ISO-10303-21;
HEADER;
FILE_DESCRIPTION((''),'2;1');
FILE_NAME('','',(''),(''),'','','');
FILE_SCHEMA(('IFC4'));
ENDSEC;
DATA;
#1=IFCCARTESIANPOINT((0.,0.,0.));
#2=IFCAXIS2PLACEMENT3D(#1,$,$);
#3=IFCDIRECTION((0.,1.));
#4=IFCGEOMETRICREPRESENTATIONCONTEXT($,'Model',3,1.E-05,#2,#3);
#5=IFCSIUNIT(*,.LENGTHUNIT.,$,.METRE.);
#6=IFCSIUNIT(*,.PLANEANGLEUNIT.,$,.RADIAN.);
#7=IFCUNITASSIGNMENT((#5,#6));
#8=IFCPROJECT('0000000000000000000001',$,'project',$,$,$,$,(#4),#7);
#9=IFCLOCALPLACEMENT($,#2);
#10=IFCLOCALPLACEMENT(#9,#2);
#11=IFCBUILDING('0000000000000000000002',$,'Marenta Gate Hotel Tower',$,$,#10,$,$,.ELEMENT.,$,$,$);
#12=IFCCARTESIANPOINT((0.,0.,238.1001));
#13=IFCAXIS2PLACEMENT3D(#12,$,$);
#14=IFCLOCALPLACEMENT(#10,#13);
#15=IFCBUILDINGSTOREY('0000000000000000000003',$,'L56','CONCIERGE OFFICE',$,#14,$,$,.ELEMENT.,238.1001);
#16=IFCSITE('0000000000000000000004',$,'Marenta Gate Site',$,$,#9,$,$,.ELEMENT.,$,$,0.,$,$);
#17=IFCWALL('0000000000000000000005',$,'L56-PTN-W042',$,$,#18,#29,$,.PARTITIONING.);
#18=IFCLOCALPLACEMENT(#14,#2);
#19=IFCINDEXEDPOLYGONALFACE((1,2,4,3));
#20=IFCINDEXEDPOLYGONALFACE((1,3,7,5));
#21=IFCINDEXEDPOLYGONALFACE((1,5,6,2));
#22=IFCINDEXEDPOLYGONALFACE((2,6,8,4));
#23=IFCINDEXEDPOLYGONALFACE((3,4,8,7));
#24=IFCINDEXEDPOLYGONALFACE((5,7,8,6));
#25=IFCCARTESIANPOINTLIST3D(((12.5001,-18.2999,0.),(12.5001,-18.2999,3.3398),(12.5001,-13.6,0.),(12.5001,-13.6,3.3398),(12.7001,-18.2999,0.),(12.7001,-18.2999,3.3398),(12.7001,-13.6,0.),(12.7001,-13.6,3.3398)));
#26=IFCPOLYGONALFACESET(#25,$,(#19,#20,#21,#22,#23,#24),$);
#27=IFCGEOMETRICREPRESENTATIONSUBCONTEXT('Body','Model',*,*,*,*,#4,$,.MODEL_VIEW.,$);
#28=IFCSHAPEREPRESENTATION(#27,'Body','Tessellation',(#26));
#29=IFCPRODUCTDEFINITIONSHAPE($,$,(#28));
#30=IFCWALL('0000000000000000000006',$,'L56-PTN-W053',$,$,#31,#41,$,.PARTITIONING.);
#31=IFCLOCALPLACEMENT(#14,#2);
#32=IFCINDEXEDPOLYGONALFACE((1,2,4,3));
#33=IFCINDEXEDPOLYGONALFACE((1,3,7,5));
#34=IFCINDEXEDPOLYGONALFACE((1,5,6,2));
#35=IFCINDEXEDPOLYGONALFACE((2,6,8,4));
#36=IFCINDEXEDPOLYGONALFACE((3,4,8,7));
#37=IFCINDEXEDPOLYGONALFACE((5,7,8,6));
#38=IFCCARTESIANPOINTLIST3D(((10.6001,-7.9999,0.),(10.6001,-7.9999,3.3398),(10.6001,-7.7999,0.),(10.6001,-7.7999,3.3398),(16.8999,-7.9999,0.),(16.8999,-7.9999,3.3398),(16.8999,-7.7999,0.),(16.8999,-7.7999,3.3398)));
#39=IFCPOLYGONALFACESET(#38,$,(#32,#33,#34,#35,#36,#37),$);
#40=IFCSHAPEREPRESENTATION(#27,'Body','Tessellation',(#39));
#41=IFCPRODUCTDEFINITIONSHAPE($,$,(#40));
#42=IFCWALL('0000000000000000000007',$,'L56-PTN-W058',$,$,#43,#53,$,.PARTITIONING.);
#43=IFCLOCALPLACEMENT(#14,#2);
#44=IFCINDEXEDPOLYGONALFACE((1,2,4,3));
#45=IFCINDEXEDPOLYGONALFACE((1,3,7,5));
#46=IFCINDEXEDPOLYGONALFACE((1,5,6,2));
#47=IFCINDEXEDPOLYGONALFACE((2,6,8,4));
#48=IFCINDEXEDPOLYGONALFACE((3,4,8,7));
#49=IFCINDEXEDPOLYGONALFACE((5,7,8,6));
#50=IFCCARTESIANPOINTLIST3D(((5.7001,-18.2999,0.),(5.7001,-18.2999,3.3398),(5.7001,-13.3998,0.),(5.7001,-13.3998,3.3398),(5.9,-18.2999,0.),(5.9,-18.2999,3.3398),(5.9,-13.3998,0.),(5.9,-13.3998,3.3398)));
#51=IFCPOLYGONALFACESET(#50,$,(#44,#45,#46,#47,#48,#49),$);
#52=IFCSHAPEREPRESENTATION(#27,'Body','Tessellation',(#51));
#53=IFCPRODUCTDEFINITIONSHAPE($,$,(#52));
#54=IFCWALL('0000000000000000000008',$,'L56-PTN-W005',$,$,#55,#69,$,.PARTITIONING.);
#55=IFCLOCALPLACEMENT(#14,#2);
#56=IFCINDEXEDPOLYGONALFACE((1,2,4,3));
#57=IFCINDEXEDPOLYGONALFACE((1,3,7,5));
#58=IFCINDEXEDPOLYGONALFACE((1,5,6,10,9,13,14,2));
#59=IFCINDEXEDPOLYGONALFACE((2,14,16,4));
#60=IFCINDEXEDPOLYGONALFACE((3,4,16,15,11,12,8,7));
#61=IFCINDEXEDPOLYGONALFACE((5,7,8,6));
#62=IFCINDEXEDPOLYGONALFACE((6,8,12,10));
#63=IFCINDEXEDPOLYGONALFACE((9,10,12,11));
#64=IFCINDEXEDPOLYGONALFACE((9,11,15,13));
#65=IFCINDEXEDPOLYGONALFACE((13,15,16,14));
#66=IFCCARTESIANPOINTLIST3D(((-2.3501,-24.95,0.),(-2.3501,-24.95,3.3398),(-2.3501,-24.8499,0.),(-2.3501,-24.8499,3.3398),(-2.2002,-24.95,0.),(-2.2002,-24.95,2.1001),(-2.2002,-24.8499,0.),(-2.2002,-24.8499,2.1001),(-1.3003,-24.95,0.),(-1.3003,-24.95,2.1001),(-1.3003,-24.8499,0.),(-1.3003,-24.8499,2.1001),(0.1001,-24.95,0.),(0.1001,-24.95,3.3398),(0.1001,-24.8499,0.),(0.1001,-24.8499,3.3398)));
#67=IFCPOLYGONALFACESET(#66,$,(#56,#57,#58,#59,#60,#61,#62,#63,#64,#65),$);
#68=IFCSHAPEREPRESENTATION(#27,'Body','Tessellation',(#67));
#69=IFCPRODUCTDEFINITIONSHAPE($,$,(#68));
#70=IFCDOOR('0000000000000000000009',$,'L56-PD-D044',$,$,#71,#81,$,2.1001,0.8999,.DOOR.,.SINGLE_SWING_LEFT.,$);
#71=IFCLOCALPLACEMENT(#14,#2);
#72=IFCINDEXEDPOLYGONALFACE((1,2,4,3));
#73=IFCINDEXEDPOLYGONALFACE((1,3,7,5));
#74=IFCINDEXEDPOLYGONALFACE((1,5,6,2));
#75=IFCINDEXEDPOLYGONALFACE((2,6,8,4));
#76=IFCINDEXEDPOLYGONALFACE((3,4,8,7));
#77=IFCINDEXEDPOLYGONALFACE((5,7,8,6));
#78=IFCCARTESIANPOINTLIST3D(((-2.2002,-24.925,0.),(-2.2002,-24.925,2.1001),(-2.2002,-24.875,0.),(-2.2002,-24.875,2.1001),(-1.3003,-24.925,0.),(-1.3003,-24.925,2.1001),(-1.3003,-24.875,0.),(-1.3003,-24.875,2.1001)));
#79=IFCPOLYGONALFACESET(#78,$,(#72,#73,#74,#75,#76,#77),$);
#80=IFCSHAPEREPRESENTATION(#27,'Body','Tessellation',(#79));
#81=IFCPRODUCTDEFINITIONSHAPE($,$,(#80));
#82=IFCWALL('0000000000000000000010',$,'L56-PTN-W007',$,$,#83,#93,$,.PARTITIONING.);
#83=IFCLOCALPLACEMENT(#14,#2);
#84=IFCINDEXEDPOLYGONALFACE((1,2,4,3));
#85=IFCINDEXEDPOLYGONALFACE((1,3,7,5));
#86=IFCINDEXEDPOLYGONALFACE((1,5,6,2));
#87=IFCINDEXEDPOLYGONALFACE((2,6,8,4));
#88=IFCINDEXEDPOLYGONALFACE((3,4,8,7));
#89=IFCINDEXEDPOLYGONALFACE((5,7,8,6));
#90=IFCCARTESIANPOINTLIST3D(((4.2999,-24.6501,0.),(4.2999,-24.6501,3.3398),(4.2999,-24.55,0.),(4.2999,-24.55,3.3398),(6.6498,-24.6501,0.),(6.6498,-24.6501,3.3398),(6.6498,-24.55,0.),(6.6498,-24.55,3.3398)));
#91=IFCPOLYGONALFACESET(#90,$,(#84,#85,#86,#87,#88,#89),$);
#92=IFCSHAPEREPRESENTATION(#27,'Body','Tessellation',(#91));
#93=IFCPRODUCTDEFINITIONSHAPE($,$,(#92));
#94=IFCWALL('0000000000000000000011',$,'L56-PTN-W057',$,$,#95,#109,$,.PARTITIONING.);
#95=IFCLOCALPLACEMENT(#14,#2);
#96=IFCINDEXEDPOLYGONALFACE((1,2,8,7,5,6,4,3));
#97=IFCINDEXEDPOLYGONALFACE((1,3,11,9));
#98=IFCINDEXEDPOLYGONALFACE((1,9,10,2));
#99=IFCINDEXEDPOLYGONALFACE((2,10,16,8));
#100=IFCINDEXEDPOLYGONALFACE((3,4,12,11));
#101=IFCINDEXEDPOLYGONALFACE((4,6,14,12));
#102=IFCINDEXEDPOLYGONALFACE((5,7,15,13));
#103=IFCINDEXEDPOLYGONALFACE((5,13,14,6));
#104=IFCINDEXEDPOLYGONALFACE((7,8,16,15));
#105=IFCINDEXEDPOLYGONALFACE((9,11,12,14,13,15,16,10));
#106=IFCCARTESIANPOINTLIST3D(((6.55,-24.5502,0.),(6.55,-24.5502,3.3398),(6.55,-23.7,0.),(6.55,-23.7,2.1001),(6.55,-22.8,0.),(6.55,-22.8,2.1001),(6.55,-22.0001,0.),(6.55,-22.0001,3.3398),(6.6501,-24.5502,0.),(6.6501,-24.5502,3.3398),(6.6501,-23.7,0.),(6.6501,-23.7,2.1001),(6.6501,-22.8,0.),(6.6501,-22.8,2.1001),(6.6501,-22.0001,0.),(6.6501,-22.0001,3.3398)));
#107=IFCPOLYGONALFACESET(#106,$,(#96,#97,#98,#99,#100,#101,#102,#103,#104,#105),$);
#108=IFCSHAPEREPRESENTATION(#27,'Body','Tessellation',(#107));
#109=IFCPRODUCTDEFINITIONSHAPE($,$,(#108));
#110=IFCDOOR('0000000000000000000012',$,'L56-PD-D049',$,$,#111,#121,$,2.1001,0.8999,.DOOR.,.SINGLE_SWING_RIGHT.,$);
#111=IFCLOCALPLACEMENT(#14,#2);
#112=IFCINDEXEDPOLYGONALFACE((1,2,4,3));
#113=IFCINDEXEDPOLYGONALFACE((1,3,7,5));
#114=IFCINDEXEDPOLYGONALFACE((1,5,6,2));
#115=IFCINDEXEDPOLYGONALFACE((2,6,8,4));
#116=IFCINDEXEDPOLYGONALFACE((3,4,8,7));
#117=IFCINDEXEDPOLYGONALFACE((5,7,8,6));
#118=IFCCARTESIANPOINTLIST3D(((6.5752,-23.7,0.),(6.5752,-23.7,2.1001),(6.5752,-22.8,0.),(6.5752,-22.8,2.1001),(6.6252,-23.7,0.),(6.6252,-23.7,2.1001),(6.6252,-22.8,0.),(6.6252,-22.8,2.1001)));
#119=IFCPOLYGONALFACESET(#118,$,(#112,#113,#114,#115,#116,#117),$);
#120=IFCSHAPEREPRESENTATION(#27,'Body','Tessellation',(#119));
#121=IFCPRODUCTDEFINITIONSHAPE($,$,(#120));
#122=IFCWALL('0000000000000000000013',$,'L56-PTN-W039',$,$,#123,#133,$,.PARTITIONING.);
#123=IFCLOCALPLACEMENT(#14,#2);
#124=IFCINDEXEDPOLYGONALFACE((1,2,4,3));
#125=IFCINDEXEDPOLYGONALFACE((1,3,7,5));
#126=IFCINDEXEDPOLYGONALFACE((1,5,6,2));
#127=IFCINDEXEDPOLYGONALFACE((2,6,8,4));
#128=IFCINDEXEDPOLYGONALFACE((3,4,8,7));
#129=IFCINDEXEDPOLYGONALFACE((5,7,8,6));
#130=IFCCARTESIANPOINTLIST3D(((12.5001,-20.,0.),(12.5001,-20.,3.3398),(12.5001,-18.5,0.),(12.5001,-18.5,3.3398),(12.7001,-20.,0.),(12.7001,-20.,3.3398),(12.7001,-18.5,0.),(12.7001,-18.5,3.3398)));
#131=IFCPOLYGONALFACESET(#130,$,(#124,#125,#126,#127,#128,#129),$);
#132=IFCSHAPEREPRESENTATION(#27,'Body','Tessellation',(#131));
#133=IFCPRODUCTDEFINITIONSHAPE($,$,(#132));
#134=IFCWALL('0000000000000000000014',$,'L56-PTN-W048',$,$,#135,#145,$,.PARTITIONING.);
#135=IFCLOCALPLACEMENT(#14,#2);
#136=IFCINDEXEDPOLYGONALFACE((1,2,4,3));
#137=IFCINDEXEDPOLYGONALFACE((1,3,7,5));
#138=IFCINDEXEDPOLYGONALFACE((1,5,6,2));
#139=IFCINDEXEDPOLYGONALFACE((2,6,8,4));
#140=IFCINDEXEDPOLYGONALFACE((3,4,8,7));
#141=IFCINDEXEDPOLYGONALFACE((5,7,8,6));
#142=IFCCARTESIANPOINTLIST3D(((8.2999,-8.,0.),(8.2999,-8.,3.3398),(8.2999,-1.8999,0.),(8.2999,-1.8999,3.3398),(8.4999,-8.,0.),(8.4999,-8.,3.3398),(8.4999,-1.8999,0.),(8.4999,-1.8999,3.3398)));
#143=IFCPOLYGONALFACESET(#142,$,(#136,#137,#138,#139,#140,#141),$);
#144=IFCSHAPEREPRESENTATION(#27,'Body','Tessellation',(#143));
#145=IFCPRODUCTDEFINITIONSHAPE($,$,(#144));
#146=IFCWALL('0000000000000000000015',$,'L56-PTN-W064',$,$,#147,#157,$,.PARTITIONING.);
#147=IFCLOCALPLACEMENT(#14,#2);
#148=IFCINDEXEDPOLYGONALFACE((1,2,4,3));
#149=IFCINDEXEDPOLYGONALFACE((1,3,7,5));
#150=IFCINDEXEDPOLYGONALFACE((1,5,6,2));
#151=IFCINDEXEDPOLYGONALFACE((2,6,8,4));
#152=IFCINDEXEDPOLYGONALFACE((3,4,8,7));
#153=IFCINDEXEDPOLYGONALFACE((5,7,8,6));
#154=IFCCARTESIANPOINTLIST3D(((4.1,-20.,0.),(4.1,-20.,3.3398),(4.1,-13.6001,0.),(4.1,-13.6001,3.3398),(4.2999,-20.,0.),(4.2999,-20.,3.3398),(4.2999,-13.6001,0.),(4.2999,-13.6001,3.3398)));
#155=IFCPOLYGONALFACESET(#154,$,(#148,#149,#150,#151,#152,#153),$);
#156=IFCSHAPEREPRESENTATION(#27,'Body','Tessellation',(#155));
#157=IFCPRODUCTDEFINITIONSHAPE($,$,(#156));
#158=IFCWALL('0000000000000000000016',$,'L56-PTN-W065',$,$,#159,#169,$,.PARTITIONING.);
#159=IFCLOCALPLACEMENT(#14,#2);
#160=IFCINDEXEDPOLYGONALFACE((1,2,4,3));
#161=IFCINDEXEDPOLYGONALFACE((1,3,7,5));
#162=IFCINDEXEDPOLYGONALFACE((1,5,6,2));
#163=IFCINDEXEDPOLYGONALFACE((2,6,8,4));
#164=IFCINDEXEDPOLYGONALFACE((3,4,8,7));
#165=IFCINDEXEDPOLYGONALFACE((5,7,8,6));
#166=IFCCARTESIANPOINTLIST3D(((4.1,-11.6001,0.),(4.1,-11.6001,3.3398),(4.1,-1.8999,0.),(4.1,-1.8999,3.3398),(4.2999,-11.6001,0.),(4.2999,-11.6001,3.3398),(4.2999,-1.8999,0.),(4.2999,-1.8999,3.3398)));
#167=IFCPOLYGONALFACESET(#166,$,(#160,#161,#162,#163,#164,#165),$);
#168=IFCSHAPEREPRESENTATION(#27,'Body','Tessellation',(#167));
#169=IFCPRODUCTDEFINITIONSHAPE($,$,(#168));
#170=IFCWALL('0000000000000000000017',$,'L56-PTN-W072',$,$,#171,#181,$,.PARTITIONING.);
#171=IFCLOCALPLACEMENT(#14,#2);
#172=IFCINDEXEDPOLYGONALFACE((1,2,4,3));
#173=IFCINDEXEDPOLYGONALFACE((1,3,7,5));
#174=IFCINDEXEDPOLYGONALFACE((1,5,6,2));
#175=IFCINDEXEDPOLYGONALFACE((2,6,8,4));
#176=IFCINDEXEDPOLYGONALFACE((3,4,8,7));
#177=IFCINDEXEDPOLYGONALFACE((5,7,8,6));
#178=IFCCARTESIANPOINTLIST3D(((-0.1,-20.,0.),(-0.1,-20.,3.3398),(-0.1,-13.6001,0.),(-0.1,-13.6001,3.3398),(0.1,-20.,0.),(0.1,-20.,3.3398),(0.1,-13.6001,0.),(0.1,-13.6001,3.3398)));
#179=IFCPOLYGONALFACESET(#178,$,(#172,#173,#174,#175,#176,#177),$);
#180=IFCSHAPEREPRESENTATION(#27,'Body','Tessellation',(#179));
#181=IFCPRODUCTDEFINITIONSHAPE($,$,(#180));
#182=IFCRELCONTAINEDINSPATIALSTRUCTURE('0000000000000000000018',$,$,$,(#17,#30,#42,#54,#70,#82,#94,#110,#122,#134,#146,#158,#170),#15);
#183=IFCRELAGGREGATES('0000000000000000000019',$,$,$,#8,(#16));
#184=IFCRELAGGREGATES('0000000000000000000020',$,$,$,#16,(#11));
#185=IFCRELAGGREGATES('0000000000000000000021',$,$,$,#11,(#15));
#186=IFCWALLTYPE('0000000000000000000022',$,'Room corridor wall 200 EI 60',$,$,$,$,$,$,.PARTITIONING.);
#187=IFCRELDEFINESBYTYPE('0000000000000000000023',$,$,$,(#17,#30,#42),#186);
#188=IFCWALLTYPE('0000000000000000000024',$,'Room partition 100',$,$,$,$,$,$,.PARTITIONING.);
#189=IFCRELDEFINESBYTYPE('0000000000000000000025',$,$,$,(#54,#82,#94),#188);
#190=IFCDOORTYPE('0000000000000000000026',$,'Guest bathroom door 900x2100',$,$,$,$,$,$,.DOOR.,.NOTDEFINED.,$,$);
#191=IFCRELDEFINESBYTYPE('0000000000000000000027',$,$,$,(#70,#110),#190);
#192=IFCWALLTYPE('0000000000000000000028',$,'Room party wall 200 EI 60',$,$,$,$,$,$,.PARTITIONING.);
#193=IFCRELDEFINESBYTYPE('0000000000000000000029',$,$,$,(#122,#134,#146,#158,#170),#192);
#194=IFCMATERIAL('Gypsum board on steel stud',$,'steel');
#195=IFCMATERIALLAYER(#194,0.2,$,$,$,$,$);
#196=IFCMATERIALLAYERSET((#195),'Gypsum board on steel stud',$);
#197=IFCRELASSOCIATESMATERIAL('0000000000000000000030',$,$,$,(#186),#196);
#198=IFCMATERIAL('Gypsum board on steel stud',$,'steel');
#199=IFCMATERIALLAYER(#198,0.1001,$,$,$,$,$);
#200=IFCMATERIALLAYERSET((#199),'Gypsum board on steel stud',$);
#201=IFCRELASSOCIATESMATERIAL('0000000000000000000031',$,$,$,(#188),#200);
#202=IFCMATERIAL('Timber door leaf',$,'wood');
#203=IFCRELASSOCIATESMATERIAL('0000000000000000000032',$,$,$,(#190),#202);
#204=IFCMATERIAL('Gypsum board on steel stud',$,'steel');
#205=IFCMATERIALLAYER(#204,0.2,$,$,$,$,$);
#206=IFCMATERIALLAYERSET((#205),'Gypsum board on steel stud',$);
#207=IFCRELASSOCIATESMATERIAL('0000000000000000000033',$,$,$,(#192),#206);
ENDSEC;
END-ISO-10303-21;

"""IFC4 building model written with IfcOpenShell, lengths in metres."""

from ifc_helpers import new_model, si_unit, direction, frame, frame_2d, origin, place, context, subcontext, project, spatial, rectangle, extrude, material, layer, layer_set, type_object, element, fill, save


model = new_model("IFC4")

# Units and contexts
model_context = context("Model", 3, precision=1e-05, world=origin(), true_north=direction((0.0, 1.0)))
body_context = subcontext(model_context, "Body", "Model", "MODEL_VIEW")
ifc_project = project(units=[si_unit("LENGTHUNIT", "METRE"), si_unit("PLANEANGLEUNIT", "RADIAN")], contexts=[model_context])

# Site, building, storey
site_placement = place(None, origin())
site = spatial("IfcSite", under=ifc_project, at=site_placement, Name="Marenta Gate Site", CompositionType="ELEMENT", RefElevation=0.0)
building_placement = place(site_placement, origin())
building = spatial("IfcBuilding", under=site, at=building_placement, Name="Marenta Gate Hotel Tower", CompositionType="ELEMENT")
storey_placement = place(building_placement, frame((0.0, 0.0, 238.1001)))
storey = spatial("IfcBuildingStorey", under=building, at=storey_placement, Name="L56", Description="CONCIERGE OFFICE", CompositionType="ELEMENT", Elevation=238.1001)

# Shared definitions
ifc_material_1 = material(Name="Gypsum board on steel stud", Category="steel")
ifc_layer_1 = layer(ifc_material_1, 0.2)
ifc_layer_set_1 = layer_set([ifc_layer_1], Name="Gypsum board on steel stud")
wall_type_1 = type_object("IfcWallType", Name="Room corridor wall 200 EI 60", PredefinedType="PARTITIONING", material=ifc_layer_set_1)

# Walls
wall_1_placement = place(storey_placement, frame((12.6001, -18.3, 0.0), z_axis=(0.0, 0.0, 1.0), x_axis=(0.0, 1.0, 0.0)))
element("IfcWall", 1, at=wall_1_placement, inside=storey, type_object=wall_type_1, Name="L56-PTN-W042", PredefinedType="PARTITIONING", context=body_context, shape_type="SweptSolid", body=[
    extrude(rectangle(XDim=4.7, YDim=0.2, at=frame_2d((2.3501, 0.0))), origin(), (0.0, 0.0, 1.0), 3.3398),
])
wall_2_placement = place(storey_placement, frame((10.6001, -7.8999, 0.0), z_axis=(0.0, 0.0, 1.0), x_axis=(1.0, 0.0, 0.0)))
element("IfcWall", 2, at=wall_2_placement, inside=storey, type_object=wall_type_1, Name="L56-PTN-W053", PredefinedType="PARTITIONING", context=body_context, shape_type="SweptSolid", body=[
    extrude(rectangle(XDim=6.2998, YDim=0.2, at=frame_2d((3.1499, 0.0))), origin(), (0.0, 0.0, 1.0), 3.3398),
])
wall_3_placement = place(storey_placement, frame((5.8, -18.3, 0.0), z_axis=(0.0, 0.0, 1.0), x_axis=(0.0, 1.0, 0.0)))
element("IfcWall", 3, at=wall_3_placement, inside=storey, type_object=wall_type_1, Name="L56-PTN-W058", PredefinedType="PARTITIONING", context=body_context, shape_type="SweptSolid", body=[
    extrude(rectangle(XDim=4.9001, YDim=0.2, at=frame_2d((2.4502, 0.0))), origin(), (0.0, 0.0, 1.0), 3.3398),
])

# Wall, opening, door
ifc_material_2 = material(Name="Gypsum board on steel stud", Category="steel")
ifc_layer_2 = layer(ifc_material_2, 0.1001)
ifc_layer_set_2 = layer_set([ifc_layer_2], Name="Gypsum board on steel stud")
wall_type_2 = type_object("IfcWallType", Name="Room partition 100", PredefinedType="PARTITIONING", material=ifc_layer_set_2)
wall_4_placement = place(storey_placement, frame((-2.3501, -24.8999, 0.0), z_axis=(0.0, 0.0, 1.0), x_axis=(1.0, 0.0, 0.0)))
wall_4 = element("IfcWall", 4, at=wall_4_placement, inside=storey, type_object=wall_type_2, Name="L56-PTN-W005", PredefinedType="PARTITIONING", context=body_context, shape_type="SweptSolid", body=[
    extrude(rectangle(XDim=2.4502, YDim=0.1001, at=frame_2d((1.2251, 0.0))), origin(), (0.0, 0.0, 1.0), 3.3398),
])
opening_1_placement = place(wall_4_placement, frame((0.1499, 0.0, 0.0)))
opening_1 = element("IfcOpeningElement", 5, at=opening_1_placement, cuts=wall_4, PredefinedType="OPENING", context=body_context, shape_type="SweptSolid", body=[
    extrude(rectangle(XDim=0.8999, YDim=2.1001, at=frame_2d((0.45, 1.05))), frame((0.0, 0.05, 0.0), z_axis=(0.0, -1.0, 0.0), x_axis=(1.0, 0.0, 0.0)), (0.0, 0.0, 1.0), 0.1001),
])
ifc_material_3 = material(Name="Timber door leaf", Category="wood")
door_type_1 = type_object("IfcDoorType", Name="Guest bathroom door 900x2100", OperationType="NOTDEFINED", PredefinedType="DOOR", material=ifc_material_3)
door_1_placement = place(opening_1_placement, origin())
door_1 = element("IfcDoor", 6, at=door_1_placement, inside=storey, type_object=door_type_1, Name="L56-PD-D044", OperationType="SINGLE_SWING_LEFT", OverallHeight=2.1001, OverallWidth=0.8999, PredefinedType="DOOR", context=body_context, shape_type="SweptSolid", body=[
    extrude(rectangle(XDim=0.8999, YDim=2.1001, at=frame_2d((0.45, 1.05))), frame((0.0, 0.0249, 0.0), z_axis=(0.0, -1.0, 0.0), x_axis=(1.0, 0.0, 0.0)), (0.0, 0.0, 1.0), 0.05),
])
fill(opening_1, door_1)

# Wall
wall_5_placement = place(storey_placement, frame((4.3, -24.6001, 0.0), z_axis=(0.0, 0.0, 1.0), x_axis=(1.0, 0.0, 0.0)))
element("IfcWall", 7, at=wall_5_placement, inside=storey, type_object=wall_type_2, Name="L56-PTN-W007", PredefinedType="PARTITIONING", context=body_context, shape_type="SweptSolid", body=[
    extrude(rectangle(XDim=2.3499, YDim=0.1001, at=frame_2d((1.1748, 0.0))), origin(), (0.0, 0.0, 1.0), 3.3398),
])

# Wall, opening, door
wall_6_placement = place(storey_placement, frame((6.6001, -24.55, 0.0), z_axis=(0.0, 0.0, 1.0), x_axis=(0.0, 1.0, 0.0)))
wall_6 = element("IfcWall", 8, at=wall_6_placement, inside=storey, type_object=wall_type_2, Name="L56-PTN-W057", PredefinedType="PARTITIONING", context=body_context, shape_type="SweptSolid", body=[
    extrude(rectangle(XDim=2.55, YDim=0.1001, at=frame_2d((1.2749, 0.0))), origin(), (0.0, 0.0, 1.0), 3.3398),
])
opening_2_placement = place(wall_6_placement, frame((0.8501, 0.0, 0.0)))
opening_2 = element("IfcOpeningElement", 9, at=opening_2_placement, cuts=wall_6, PredefinedType="OPENING", context=body_context, shape_type="SweptSolid", body=[
    extrude(rectangle(XDim=0.8999, YDim=2.1001, at=frame_2d((0.45, 1.05))), frame((0.0, 0.05, 0.0), z_axis=(0.0, -1.0, 0.0), x_axis=(1.0, 0.0, 0.0)), (0.0, 0.0, 1.0), 0.1001),
])
door_2_placement = place(opening_2_placement, origin())
door_2 = element("IfcDoor", 10, at=door_2_placement, inside=storey, type_object=door_type_1, Name="L56-PD-D049", OperationType="SINGLE_SWING_RIGHT", OverallHeight=2.1001, OverallWidth=0.8999, PredefinedType="DOOR", context=body_context, shape_type="SweptSolid", body=[
    extrude(rectangle(XDim=0.8999, YDim=2.1001, at=frame_2d((0.45, 1.05))), frame((0.0, 0.0249, 0.0), z_axis=(0.0, -1.0, 0.0), x_axis=(1.0, 0.0, 0.0)), (0.0, 0.0, 1.0), 0.05),
])
fill(opening_2, door_2)

# Walls
ifc_material_4 = material(Name="Gypsum board on steel stud", Category="steel")
ifc_layer_3 = layer(ifc_material_4, 0.2)
ifc_layer_set_3 = layer_set([ifc_layer_3], Name="Gypsum board on steel stud")
wall_type_3 = type_object("IfcWallType", Name="Room party wall 200 EI 60", PredefinedType="PARTITIONING", material=ifc_layer_set_3)
wall_7_placement = place(storey_placement, frame((12.6001, -20.0, 0.0), z_axis=(0.0, 0.0, 1.0), x_axis=(0.0, 1.0, 0.0)))
element("IfcWall", 11, at=wall_7_placement, inside=storey, type_object=wall_type_3, Name="L56-PTN-W039", PredefinedType="PARTITIONING", context=body_context, shape_type="SweptSolid", body=[
    extrude(rectangle(XDim=1.5, YDim=0.2, at=frame_2d((0.75, 0.0))), origin(), (0.0, 0.0, 1.0), 3.3398),
])
wall_8_placement = place(storey_placement, frame((8.3999, -8.0, 0.0), z_axis=(0.0, 0.0, 1.0), x_axis=(0.0, 1.0, 0.0)))
element("IfcWall", 12, at=wall_8_placement, inside=storey, type_object=wall_type_3, Name="L56-PTN-W048", PredefinedType="PARTITIONING", context=body_context, shape_type="SweptSolid", body=[
    extrude(rectangle(XDim=6.1001, YDim=0.2, at=frame_2d((3.05, 0.0))), origin(), (0.0, 0.0, 1.0), 3.3398),
])
wall_9_placement = place(storey_placement, frame((4.2, -20.0, 0.0), z_axis=(0.0, 0.0, 1.0), x_axis=(0.0, 1.0, 0.0)))
element("IfcWall", 13, at=wall_9_placement, inside=storey, type_object=wall_type_3, Name="L56-PTN-W064", PredefinedType="PARTITIONING", context=body_context, shape_type="SweptSolid", body=[
    extrude(rectangle(XDim=6.3999, YDim=0.2, at=frame_2d((3.2, 0.0))), origin(), (0.0, 0.0, 1.0), 3.3398),
])
wall_10_placement = place(storey_placement, frame((4.2, -11.6001, 0.0), z_axis=(0.0, 0.0, 1.0), x_axis=(0.0, 1.0, 0.0)))
element("IfcWall", 14, at=wall_10_placement, inside=storey, type_object=wall_type_3, Name="L56-PTN-W065", PredefinedType="PARTITIONING", context=body_context, shape_type="SweptSolid", body=[
    extrude(rectangle(XDim=9.7002, YDim=0.2, at=frame_2d((4.8501, 0.0))), origin(), (0.0, 0.0, 1.0), 3.3398),
])
wall_11_placement = place(storey_placement, frame((0.0, -20.0, 0.0), z_axis=(0.0, 0.0, 1.0), x_axis=(0.0, 1.0, 0.0)))
element("IfcWall", 15, at=wall_11_placement, inside=storey, type_object=wall_type_3, Name="L56-PTN-W072", PredefinedType="PARTITIONING", context=body_context, shape_type="SweptSolid", body=[
    extrude(rectangle(XDim=6.3999, YDim=0.2, at=frame_2d((3.2, 0.0))), origin(), (0.0, 0.0, 1.0), 3.3398),
])

save(model, "model.ifc")
